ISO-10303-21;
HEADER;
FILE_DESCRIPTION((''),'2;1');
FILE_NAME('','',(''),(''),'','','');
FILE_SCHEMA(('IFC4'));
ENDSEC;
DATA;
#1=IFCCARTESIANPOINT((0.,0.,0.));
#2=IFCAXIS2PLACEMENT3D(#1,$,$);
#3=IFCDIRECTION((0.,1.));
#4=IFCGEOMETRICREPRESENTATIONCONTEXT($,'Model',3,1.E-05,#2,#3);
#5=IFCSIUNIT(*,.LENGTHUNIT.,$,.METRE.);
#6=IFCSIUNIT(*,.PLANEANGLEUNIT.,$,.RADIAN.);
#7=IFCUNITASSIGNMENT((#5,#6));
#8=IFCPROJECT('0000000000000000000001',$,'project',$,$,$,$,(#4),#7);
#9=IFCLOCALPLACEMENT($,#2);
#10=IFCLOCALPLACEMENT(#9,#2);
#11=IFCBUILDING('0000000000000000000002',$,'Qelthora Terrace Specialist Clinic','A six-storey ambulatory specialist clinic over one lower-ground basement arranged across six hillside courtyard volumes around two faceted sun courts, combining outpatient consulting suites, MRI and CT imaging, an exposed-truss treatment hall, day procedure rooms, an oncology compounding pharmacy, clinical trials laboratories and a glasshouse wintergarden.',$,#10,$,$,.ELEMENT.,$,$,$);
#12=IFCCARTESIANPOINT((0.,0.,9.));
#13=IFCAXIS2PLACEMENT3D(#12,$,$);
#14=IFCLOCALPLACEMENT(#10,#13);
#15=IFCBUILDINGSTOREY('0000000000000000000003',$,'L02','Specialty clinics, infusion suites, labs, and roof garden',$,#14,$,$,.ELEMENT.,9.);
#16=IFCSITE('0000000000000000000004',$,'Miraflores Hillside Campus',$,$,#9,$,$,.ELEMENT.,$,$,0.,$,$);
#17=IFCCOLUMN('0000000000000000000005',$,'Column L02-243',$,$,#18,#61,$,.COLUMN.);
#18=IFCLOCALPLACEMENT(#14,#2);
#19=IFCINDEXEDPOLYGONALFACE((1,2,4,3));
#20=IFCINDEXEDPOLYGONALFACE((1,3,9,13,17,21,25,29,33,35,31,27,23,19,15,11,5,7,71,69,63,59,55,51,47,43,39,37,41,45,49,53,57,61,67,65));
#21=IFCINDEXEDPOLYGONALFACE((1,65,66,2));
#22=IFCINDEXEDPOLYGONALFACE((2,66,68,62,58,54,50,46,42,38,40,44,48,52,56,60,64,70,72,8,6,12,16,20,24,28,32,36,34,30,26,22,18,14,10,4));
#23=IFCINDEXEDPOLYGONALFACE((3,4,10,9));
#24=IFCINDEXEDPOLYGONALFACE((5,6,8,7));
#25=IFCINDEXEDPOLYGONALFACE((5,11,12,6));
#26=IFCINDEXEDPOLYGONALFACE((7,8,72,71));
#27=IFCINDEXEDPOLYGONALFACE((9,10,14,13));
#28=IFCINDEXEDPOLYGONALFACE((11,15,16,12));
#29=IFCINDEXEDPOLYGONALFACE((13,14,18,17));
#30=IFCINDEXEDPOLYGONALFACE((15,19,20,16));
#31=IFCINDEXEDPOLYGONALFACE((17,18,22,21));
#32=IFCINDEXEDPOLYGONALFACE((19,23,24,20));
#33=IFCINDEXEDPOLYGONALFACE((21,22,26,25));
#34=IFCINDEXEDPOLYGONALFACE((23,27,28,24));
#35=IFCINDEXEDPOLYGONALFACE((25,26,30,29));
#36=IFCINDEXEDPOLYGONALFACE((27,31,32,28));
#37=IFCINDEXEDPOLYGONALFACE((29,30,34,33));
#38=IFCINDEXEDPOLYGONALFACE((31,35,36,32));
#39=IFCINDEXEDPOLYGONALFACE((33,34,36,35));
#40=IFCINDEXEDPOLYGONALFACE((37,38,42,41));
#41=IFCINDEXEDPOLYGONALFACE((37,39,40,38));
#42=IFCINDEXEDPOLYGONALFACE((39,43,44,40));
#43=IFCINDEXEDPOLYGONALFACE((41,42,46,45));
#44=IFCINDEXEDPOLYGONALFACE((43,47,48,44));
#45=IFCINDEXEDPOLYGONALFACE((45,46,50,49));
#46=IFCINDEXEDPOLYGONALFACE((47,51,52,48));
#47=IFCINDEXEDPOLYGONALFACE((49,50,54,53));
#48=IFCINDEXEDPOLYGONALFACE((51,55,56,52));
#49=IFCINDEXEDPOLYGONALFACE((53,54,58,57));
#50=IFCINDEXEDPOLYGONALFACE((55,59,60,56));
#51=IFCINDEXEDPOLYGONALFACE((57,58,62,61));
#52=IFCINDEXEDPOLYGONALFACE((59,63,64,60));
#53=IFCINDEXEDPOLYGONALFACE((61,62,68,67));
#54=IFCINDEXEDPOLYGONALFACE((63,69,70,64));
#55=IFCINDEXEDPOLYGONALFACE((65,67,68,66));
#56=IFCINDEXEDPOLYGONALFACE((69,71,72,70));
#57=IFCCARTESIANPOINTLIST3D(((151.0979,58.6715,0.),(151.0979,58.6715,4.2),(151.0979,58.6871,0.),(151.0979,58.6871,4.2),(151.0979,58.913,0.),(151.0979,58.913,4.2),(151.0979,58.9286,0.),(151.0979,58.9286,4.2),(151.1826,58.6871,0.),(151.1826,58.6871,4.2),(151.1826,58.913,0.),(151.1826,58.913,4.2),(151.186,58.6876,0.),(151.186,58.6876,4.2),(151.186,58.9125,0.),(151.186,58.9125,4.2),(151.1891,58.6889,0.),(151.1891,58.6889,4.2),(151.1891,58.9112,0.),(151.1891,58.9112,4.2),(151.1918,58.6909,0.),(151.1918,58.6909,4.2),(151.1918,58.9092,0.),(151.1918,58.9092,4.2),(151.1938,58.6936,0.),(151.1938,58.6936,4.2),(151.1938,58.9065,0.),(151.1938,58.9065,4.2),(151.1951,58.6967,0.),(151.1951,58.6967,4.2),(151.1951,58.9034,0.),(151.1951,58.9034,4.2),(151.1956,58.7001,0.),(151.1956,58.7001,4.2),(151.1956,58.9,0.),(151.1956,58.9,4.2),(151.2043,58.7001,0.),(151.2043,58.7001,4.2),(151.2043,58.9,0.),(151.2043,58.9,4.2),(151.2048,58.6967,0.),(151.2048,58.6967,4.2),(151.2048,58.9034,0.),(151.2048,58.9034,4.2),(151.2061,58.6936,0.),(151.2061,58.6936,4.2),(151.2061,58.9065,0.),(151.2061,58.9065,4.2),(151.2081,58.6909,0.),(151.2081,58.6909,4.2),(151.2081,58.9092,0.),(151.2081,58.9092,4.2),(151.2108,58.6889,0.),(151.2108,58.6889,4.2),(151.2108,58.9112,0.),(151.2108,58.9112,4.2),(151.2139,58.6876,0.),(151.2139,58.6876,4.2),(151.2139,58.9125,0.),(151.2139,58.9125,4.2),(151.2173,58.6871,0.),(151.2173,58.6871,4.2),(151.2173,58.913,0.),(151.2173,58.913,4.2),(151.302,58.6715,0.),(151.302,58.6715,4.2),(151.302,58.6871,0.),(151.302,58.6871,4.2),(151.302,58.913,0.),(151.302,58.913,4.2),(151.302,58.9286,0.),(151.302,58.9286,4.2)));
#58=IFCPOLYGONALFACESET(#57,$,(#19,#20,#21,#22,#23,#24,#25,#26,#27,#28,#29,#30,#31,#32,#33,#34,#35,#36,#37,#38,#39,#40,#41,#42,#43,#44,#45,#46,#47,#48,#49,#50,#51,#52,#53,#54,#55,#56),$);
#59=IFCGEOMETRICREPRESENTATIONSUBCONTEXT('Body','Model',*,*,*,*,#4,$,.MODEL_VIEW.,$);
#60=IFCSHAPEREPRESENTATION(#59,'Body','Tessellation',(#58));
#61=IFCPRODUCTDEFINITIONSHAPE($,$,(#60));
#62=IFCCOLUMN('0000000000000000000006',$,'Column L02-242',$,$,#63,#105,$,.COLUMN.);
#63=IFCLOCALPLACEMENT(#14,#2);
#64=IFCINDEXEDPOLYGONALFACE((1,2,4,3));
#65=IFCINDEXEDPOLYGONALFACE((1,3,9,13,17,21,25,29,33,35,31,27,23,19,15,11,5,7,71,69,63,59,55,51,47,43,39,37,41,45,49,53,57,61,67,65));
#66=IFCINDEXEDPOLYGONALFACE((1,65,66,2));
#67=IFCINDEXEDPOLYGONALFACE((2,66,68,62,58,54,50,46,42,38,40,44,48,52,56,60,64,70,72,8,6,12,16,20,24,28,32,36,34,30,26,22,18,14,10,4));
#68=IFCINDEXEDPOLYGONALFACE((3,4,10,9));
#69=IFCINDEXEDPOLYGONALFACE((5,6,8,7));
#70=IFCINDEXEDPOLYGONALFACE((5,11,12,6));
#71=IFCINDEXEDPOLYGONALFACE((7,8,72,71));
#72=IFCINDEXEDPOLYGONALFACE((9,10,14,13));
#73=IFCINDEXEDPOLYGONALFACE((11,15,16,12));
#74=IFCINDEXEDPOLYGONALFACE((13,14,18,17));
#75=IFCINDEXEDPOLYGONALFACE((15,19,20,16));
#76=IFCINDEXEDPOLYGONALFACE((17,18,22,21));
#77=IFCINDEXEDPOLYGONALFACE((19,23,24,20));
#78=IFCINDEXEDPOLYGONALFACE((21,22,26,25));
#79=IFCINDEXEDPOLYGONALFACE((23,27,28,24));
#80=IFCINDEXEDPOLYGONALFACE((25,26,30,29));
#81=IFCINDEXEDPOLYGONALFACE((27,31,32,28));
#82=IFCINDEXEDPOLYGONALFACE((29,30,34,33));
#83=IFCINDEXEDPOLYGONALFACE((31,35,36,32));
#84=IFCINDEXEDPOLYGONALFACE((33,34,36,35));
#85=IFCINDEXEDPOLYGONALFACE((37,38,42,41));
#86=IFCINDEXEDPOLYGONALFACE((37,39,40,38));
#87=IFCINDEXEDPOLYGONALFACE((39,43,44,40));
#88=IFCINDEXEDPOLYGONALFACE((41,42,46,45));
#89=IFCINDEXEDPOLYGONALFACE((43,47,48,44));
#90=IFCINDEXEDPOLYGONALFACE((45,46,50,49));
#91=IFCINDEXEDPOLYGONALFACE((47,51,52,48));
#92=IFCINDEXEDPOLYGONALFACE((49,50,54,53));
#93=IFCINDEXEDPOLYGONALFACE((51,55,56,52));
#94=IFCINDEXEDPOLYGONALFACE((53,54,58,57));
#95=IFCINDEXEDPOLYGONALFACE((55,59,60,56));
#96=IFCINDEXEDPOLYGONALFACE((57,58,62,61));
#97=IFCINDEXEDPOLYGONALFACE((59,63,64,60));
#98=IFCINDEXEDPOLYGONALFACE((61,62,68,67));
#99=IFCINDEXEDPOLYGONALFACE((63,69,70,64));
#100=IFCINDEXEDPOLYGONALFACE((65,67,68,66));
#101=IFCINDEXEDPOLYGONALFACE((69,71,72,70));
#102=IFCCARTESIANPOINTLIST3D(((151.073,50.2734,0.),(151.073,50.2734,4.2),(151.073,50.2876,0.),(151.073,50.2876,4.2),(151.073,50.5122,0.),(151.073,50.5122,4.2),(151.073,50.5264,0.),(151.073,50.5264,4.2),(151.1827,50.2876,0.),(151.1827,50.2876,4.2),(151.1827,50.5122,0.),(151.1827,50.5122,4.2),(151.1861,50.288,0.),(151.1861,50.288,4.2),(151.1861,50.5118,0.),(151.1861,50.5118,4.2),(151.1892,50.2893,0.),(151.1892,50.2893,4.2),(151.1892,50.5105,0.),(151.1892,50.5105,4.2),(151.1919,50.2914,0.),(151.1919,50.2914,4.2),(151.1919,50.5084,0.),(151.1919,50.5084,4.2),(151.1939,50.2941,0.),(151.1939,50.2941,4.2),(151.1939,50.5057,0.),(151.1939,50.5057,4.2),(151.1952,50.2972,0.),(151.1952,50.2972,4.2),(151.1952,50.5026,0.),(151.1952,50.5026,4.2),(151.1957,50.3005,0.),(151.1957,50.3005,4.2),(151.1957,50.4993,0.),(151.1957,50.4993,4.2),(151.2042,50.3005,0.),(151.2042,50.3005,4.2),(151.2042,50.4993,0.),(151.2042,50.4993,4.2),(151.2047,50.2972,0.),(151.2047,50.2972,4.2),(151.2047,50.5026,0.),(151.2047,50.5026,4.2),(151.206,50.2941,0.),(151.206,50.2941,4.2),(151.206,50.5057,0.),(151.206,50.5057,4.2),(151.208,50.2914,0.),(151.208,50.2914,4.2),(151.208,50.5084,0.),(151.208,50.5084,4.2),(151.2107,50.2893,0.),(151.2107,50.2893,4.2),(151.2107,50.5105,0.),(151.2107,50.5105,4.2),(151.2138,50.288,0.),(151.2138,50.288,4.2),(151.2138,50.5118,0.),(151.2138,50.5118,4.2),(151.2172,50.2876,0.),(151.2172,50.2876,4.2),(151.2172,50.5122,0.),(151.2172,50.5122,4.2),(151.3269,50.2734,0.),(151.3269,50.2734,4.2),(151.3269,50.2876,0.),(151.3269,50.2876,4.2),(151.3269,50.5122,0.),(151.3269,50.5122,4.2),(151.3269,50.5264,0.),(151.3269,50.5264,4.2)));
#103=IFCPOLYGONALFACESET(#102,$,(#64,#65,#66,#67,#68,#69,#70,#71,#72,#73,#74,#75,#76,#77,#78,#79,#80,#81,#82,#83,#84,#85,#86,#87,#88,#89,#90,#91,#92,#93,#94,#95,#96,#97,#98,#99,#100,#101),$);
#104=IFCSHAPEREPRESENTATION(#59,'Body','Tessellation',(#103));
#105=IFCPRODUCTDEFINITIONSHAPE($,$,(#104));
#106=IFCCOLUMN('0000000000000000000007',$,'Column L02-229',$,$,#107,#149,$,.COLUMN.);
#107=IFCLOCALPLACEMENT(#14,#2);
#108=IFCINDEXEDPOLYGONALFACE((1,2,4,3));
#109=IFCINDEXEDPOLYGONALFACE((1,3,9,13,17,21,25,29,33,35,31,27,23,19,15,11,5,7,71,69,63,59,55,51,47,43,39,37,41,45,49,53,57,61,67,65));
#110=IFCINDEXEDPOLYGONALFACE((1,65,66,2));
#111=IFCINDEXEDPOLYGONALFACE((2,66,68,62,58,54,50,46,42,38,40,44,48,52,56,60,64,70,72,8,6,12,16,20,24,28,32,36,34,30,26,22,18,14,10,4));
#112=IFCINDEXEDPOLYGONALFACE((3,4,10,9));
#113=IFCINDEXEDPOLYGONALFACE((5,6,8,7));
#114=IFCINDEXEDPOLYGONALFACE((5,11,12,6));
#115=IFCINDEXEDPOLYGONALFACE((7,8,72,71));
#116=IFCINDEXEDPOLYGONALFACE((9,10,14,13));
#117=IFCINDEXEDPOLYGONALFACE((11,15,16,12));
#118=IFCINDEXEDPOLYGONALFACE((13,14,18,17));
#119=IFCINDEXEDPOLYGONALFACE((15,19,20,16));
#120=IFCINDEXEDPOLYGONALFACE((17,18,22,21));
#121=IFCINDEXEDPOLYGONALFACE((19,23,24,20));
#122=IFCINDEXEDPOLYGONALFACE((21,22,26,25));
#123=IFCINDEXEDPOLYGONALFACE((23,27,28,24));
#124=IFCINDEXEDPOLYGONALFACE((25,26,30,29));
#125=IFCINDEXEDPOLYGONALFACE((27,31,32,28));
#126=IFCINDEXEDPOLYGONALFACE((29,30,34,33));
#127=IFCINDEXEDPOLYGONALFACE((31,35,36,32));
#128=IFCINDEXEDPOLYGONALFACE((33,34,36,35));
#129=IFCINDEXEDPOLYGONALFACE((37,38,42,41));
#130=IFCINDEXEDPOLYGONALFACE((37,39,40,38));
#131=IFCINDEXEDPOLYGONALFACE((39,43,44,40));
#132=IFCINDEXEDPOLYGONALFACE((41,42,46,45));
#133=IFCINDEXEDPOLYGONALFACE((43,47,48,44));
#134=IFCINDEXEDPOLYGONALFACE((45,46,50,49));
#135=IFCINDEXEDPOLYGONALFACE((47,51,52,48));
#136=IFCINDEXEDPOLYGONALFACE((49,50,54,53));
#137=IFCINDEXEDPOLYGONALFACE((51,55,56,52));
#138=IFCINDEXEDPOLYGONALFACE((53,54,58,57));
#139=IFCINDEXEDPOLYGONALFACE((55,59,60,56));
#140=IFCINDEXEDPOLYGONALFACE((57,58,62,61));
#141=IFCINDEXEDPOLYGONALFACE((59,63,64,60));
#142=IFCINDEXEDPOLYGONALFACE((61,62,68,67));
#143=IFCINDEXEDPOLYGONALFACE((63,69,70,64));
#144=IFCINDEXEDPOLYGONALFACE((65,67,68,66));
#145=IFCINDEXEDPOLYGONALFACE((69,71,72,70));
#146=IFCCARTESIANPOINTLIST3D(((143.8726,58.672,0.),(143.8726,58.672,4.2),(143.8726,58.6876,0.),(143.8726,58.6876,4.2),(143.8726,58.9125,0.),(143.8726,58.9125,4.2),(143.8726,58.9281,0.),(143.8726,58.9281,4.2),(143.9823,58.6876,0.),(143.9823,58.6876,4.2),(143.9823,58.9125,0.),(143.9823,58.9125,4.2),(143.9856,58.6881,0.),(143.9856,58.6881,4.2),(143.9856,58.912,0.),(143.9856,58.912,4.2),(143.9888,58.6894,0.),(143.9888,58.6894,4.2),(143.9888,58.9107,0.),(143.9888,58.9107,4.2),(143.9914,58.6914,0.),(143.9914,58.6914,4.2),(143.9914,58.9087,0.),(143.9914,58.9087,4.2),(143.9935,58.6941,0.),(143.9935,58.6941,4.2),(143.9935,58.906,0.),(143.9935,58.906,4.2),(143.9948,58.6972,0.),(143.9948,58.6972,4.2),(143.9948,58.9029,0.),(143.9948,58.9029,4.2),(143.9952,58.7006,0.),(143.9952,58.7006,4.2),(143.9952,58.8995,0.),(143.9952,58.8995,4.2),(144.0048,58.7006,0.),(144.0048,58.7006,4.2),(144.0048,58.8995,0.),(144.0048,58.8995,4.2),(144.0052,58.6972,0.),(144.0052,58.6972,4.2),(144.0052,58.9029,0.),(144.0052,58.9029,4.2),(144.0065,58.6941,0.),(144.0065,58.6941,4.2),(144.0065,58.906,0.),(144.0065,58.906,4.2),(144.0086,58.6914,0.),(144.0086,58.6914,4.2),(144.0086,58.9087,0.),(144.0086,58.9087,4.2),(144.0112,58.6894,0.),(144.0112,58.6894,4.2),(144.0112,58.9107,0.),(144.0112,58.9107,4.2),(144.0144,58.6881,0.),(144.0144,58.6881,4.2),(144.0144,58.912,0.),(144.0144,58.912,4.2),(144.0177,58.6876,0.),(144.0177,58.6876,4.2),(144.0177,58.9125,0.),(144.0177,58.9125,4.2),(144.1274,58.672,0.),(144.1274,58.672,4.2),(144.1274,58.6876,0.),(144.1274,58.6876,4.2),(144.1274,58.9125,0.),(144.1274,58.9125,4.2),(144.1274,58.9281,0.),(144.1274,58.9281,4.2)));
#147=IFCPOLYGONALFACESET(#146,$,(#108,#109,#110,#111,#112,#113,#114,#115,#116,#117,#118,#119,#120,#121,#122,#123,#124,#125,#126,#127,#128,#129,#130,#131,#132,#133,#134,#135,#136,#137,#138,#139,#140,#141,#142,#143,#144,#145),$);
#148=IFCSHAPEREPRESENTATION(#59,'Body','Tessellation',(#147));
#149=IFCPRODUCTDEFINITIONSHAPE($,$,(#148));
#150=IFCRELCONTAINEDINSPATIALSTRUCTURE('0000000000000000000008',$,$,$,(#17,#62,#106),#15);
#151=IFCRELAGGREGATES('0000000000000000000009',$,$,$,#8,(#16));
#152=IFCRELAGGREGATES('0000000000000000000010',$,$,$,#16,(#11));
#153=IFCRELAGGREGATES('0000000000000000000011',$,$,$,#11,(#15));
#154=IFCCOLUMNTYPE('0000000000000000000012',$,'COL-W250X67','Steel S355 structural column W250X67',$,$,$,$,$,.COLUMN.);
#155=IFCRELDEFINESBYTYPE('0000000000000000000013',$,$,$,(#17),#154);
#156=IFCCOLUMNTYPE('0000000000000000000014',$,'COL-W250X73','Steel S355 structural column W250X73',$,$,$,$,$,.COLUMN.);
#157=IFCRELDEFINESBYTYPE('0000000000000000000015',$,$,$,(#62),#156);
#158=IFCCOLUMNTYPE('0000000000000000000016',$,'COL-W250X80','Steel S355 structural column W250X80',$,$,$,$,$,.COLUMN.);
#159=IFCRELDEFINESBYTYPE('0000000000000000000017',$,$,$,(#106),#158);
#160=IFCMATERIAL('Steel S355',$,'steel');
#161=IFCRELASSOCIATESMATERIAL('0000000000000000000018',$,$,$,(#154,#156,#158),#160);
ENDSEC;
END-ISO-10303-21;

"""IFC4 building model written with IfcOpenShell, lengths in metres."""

from ifc_helpers import new_model, si_unit, direction, frame, origin, origin_2d, place, context, subcontext, project, spatial, i_section, extrude, material, material_profile, profile_set, type_object, element, save


model = new_model("IFC4")

# Units and contexts
model_context = context("Model", 3, precision=1e-05, world=origin(), true_north=direction((0.0, 1.0)))
body_context = subcontext(model_context, "Body", "Model", "MODEL_VIEW")
ifc_project = project(units=[si_unit("LENGTHUNIT", "METRE"), si_unit("PLANEANGLEUNIT", "RADIAN")], contexts=[model_context])

# Site, building, storey
site_placement = place(None, origin())
site = spatial("IfcSite", under=ifc_project, at=site_placement, Name="Miraflores Hillside Campus", CompositionType="ELEMENT", RefElevation=0.0)
building_placement = place(site_placement, origin())
building = spatial("IfcBuilding", under=site, at=building_placement, Name="Qelthora Terrace Specialist Clinic", Description="A six-storey ambulatory specialist clinic over one lower-ground basement arranged across six hillside courtyard volumes around two faceted sun courts, combining outpatient consulting suites, MRI and CT imaging, an exposed-truss treatment hall, day procedure rooms, an oncology compounding pharmacy, clinical trials laboratories and a glasshouse wintergarden.", CompositionType="ELEMENT")
storey_placement = place(building_placement, frame((0.0, 0.0, 9.0)))
storey = spatial("IfcBuildingStorey", under=building, at=storey_placement, Name="L02", Description="Specialty clinics, infusion suites, labs, and roof garden", CompositionType="ELEMENT", Elevation=9.0)

# Columns
ifc_material_1 = material(Name="Steel S355", Category="steel")
ifc_material_profile_1 = material_profile(ifc_material_1, i_section(OverallWidth=0.2041, OverallDepth=0.2571, WebThickness=0.0088, FlangeThickness=0.0156, FilletRadius=0.0129, at=origin_2d()), Name="W250X67")
ifc_profile_set_1 = profile_set([ifc_material_profile_1], Name="Steel S355")
column_type_1 = type_object("IfcColumnType", Name="COL-W250X67", Description="Steel S355 structural column W250X67", PredefinedType="COLUMN", material=ifc_profile_set_1)
column_1_placement = place(storey_placement, frame((151.2, 58.8, 0.0), z_axis=(0.0, 0.0, 1.0), x_axis=(1.0, 0.0, 0.0)))
element("IfcColumn", 1, at=column_1_placement, inside=storey, type_object=column_type_1, Name="Column L02-243", PredefinedType="COLUMN", context=body_context, shape_type="SweptSolid", body=[
    extrude(i_section(OverallWidth=0.2041, OverallDepth=0.2571, WebThickness=0.0088, FlangeThickness=0.0156, FilletRadius=0.0129, at=origin_2d()), origin(), (0.0, 0.0, 1.0), 4.2),
])
ifc_material_profile_2 = material_profile(ifc_material_1, i_section(OverallWidth=0.2539, OverallDepth=0.2529, WebThickness=0.0085, FlangeThickness=0.0142, FilletRadius=0.0129, at=origin_2d()), Name="W250X73")
ifc_profile_set_2 = profile_set([ifc_material_profile_2], Name="Steel S355")
column_type_2 = type_object("IfcColumnType", Name="COL-W250X73", Description="Steel S355 structural column W250X73", PredefinedType="COLUMN", material=ifc_profile_set_2)
column_2_placement = place(storey_placement, frame((151.2, 50.3999, 0.0), z_axis=(0.0, 0.0, 1.0), x_axis=(1.0, 0.0, 0.0)))
element("IfcColumn", 2, at=column_2_placement, inside=storey, type_object=column_type_2, Name="Column L02-242", PredefinedType="COLUMN", context=body_context, shape_type="SweptSolid", body=[
    extrude(i_section(OverallWidth=0.2539, OverallDepth=0.2529, WebThickness=0.0085, FlangeThickness=0.0142, FilletRadius=0.0129, at=origin_2d()), origin(), (0.0, 0.0, 1.0), 4.2),
])
ifc_material_profile_3 = material_profile(ifc_material_1, i_section(OverallWidth=0.2549, OverallDepth=0.2561, WebThickness=0.0095, FlangeThickness=0.0156, FilletRadius=0.0129, at=origin_2d()), Name="W250X80")
ifc_profile_set_3 = profile_set([ifc_material_profile_3], Name="Steel S355")
column_type_3 = type_object("IfcColumnType", Name="COL-W250X80", Description="Steel S355 structural column W250X80", PredefinedType="COLUMN", material=ifc_profile_set_3)
column_3_placement = place(storey_placement, frame((144.0, 58.8, 0.0), z_axis=(0.0, 0.0, 1.0), x_axis=(1.0, 0.0, 0.0)))
element("IfcColumn", 3, at=column_3_placement, inside=storey, type_object=column_type_3, Name="Column L02-229", PredefinedType="COLUMN", context=body_context, shape_type="SweptSolid", body=[
    extrude(i_section(OverallWidth=0.2549, OverallDepth=0.2561, WebThickness=0.0095, FlangeThickness=0.0156, FilletRadius=0.0129, at=origin_2d()), origin(), (0.0, 0.0, 1.0), 4.2),
])

save(model, "model.ifc")
